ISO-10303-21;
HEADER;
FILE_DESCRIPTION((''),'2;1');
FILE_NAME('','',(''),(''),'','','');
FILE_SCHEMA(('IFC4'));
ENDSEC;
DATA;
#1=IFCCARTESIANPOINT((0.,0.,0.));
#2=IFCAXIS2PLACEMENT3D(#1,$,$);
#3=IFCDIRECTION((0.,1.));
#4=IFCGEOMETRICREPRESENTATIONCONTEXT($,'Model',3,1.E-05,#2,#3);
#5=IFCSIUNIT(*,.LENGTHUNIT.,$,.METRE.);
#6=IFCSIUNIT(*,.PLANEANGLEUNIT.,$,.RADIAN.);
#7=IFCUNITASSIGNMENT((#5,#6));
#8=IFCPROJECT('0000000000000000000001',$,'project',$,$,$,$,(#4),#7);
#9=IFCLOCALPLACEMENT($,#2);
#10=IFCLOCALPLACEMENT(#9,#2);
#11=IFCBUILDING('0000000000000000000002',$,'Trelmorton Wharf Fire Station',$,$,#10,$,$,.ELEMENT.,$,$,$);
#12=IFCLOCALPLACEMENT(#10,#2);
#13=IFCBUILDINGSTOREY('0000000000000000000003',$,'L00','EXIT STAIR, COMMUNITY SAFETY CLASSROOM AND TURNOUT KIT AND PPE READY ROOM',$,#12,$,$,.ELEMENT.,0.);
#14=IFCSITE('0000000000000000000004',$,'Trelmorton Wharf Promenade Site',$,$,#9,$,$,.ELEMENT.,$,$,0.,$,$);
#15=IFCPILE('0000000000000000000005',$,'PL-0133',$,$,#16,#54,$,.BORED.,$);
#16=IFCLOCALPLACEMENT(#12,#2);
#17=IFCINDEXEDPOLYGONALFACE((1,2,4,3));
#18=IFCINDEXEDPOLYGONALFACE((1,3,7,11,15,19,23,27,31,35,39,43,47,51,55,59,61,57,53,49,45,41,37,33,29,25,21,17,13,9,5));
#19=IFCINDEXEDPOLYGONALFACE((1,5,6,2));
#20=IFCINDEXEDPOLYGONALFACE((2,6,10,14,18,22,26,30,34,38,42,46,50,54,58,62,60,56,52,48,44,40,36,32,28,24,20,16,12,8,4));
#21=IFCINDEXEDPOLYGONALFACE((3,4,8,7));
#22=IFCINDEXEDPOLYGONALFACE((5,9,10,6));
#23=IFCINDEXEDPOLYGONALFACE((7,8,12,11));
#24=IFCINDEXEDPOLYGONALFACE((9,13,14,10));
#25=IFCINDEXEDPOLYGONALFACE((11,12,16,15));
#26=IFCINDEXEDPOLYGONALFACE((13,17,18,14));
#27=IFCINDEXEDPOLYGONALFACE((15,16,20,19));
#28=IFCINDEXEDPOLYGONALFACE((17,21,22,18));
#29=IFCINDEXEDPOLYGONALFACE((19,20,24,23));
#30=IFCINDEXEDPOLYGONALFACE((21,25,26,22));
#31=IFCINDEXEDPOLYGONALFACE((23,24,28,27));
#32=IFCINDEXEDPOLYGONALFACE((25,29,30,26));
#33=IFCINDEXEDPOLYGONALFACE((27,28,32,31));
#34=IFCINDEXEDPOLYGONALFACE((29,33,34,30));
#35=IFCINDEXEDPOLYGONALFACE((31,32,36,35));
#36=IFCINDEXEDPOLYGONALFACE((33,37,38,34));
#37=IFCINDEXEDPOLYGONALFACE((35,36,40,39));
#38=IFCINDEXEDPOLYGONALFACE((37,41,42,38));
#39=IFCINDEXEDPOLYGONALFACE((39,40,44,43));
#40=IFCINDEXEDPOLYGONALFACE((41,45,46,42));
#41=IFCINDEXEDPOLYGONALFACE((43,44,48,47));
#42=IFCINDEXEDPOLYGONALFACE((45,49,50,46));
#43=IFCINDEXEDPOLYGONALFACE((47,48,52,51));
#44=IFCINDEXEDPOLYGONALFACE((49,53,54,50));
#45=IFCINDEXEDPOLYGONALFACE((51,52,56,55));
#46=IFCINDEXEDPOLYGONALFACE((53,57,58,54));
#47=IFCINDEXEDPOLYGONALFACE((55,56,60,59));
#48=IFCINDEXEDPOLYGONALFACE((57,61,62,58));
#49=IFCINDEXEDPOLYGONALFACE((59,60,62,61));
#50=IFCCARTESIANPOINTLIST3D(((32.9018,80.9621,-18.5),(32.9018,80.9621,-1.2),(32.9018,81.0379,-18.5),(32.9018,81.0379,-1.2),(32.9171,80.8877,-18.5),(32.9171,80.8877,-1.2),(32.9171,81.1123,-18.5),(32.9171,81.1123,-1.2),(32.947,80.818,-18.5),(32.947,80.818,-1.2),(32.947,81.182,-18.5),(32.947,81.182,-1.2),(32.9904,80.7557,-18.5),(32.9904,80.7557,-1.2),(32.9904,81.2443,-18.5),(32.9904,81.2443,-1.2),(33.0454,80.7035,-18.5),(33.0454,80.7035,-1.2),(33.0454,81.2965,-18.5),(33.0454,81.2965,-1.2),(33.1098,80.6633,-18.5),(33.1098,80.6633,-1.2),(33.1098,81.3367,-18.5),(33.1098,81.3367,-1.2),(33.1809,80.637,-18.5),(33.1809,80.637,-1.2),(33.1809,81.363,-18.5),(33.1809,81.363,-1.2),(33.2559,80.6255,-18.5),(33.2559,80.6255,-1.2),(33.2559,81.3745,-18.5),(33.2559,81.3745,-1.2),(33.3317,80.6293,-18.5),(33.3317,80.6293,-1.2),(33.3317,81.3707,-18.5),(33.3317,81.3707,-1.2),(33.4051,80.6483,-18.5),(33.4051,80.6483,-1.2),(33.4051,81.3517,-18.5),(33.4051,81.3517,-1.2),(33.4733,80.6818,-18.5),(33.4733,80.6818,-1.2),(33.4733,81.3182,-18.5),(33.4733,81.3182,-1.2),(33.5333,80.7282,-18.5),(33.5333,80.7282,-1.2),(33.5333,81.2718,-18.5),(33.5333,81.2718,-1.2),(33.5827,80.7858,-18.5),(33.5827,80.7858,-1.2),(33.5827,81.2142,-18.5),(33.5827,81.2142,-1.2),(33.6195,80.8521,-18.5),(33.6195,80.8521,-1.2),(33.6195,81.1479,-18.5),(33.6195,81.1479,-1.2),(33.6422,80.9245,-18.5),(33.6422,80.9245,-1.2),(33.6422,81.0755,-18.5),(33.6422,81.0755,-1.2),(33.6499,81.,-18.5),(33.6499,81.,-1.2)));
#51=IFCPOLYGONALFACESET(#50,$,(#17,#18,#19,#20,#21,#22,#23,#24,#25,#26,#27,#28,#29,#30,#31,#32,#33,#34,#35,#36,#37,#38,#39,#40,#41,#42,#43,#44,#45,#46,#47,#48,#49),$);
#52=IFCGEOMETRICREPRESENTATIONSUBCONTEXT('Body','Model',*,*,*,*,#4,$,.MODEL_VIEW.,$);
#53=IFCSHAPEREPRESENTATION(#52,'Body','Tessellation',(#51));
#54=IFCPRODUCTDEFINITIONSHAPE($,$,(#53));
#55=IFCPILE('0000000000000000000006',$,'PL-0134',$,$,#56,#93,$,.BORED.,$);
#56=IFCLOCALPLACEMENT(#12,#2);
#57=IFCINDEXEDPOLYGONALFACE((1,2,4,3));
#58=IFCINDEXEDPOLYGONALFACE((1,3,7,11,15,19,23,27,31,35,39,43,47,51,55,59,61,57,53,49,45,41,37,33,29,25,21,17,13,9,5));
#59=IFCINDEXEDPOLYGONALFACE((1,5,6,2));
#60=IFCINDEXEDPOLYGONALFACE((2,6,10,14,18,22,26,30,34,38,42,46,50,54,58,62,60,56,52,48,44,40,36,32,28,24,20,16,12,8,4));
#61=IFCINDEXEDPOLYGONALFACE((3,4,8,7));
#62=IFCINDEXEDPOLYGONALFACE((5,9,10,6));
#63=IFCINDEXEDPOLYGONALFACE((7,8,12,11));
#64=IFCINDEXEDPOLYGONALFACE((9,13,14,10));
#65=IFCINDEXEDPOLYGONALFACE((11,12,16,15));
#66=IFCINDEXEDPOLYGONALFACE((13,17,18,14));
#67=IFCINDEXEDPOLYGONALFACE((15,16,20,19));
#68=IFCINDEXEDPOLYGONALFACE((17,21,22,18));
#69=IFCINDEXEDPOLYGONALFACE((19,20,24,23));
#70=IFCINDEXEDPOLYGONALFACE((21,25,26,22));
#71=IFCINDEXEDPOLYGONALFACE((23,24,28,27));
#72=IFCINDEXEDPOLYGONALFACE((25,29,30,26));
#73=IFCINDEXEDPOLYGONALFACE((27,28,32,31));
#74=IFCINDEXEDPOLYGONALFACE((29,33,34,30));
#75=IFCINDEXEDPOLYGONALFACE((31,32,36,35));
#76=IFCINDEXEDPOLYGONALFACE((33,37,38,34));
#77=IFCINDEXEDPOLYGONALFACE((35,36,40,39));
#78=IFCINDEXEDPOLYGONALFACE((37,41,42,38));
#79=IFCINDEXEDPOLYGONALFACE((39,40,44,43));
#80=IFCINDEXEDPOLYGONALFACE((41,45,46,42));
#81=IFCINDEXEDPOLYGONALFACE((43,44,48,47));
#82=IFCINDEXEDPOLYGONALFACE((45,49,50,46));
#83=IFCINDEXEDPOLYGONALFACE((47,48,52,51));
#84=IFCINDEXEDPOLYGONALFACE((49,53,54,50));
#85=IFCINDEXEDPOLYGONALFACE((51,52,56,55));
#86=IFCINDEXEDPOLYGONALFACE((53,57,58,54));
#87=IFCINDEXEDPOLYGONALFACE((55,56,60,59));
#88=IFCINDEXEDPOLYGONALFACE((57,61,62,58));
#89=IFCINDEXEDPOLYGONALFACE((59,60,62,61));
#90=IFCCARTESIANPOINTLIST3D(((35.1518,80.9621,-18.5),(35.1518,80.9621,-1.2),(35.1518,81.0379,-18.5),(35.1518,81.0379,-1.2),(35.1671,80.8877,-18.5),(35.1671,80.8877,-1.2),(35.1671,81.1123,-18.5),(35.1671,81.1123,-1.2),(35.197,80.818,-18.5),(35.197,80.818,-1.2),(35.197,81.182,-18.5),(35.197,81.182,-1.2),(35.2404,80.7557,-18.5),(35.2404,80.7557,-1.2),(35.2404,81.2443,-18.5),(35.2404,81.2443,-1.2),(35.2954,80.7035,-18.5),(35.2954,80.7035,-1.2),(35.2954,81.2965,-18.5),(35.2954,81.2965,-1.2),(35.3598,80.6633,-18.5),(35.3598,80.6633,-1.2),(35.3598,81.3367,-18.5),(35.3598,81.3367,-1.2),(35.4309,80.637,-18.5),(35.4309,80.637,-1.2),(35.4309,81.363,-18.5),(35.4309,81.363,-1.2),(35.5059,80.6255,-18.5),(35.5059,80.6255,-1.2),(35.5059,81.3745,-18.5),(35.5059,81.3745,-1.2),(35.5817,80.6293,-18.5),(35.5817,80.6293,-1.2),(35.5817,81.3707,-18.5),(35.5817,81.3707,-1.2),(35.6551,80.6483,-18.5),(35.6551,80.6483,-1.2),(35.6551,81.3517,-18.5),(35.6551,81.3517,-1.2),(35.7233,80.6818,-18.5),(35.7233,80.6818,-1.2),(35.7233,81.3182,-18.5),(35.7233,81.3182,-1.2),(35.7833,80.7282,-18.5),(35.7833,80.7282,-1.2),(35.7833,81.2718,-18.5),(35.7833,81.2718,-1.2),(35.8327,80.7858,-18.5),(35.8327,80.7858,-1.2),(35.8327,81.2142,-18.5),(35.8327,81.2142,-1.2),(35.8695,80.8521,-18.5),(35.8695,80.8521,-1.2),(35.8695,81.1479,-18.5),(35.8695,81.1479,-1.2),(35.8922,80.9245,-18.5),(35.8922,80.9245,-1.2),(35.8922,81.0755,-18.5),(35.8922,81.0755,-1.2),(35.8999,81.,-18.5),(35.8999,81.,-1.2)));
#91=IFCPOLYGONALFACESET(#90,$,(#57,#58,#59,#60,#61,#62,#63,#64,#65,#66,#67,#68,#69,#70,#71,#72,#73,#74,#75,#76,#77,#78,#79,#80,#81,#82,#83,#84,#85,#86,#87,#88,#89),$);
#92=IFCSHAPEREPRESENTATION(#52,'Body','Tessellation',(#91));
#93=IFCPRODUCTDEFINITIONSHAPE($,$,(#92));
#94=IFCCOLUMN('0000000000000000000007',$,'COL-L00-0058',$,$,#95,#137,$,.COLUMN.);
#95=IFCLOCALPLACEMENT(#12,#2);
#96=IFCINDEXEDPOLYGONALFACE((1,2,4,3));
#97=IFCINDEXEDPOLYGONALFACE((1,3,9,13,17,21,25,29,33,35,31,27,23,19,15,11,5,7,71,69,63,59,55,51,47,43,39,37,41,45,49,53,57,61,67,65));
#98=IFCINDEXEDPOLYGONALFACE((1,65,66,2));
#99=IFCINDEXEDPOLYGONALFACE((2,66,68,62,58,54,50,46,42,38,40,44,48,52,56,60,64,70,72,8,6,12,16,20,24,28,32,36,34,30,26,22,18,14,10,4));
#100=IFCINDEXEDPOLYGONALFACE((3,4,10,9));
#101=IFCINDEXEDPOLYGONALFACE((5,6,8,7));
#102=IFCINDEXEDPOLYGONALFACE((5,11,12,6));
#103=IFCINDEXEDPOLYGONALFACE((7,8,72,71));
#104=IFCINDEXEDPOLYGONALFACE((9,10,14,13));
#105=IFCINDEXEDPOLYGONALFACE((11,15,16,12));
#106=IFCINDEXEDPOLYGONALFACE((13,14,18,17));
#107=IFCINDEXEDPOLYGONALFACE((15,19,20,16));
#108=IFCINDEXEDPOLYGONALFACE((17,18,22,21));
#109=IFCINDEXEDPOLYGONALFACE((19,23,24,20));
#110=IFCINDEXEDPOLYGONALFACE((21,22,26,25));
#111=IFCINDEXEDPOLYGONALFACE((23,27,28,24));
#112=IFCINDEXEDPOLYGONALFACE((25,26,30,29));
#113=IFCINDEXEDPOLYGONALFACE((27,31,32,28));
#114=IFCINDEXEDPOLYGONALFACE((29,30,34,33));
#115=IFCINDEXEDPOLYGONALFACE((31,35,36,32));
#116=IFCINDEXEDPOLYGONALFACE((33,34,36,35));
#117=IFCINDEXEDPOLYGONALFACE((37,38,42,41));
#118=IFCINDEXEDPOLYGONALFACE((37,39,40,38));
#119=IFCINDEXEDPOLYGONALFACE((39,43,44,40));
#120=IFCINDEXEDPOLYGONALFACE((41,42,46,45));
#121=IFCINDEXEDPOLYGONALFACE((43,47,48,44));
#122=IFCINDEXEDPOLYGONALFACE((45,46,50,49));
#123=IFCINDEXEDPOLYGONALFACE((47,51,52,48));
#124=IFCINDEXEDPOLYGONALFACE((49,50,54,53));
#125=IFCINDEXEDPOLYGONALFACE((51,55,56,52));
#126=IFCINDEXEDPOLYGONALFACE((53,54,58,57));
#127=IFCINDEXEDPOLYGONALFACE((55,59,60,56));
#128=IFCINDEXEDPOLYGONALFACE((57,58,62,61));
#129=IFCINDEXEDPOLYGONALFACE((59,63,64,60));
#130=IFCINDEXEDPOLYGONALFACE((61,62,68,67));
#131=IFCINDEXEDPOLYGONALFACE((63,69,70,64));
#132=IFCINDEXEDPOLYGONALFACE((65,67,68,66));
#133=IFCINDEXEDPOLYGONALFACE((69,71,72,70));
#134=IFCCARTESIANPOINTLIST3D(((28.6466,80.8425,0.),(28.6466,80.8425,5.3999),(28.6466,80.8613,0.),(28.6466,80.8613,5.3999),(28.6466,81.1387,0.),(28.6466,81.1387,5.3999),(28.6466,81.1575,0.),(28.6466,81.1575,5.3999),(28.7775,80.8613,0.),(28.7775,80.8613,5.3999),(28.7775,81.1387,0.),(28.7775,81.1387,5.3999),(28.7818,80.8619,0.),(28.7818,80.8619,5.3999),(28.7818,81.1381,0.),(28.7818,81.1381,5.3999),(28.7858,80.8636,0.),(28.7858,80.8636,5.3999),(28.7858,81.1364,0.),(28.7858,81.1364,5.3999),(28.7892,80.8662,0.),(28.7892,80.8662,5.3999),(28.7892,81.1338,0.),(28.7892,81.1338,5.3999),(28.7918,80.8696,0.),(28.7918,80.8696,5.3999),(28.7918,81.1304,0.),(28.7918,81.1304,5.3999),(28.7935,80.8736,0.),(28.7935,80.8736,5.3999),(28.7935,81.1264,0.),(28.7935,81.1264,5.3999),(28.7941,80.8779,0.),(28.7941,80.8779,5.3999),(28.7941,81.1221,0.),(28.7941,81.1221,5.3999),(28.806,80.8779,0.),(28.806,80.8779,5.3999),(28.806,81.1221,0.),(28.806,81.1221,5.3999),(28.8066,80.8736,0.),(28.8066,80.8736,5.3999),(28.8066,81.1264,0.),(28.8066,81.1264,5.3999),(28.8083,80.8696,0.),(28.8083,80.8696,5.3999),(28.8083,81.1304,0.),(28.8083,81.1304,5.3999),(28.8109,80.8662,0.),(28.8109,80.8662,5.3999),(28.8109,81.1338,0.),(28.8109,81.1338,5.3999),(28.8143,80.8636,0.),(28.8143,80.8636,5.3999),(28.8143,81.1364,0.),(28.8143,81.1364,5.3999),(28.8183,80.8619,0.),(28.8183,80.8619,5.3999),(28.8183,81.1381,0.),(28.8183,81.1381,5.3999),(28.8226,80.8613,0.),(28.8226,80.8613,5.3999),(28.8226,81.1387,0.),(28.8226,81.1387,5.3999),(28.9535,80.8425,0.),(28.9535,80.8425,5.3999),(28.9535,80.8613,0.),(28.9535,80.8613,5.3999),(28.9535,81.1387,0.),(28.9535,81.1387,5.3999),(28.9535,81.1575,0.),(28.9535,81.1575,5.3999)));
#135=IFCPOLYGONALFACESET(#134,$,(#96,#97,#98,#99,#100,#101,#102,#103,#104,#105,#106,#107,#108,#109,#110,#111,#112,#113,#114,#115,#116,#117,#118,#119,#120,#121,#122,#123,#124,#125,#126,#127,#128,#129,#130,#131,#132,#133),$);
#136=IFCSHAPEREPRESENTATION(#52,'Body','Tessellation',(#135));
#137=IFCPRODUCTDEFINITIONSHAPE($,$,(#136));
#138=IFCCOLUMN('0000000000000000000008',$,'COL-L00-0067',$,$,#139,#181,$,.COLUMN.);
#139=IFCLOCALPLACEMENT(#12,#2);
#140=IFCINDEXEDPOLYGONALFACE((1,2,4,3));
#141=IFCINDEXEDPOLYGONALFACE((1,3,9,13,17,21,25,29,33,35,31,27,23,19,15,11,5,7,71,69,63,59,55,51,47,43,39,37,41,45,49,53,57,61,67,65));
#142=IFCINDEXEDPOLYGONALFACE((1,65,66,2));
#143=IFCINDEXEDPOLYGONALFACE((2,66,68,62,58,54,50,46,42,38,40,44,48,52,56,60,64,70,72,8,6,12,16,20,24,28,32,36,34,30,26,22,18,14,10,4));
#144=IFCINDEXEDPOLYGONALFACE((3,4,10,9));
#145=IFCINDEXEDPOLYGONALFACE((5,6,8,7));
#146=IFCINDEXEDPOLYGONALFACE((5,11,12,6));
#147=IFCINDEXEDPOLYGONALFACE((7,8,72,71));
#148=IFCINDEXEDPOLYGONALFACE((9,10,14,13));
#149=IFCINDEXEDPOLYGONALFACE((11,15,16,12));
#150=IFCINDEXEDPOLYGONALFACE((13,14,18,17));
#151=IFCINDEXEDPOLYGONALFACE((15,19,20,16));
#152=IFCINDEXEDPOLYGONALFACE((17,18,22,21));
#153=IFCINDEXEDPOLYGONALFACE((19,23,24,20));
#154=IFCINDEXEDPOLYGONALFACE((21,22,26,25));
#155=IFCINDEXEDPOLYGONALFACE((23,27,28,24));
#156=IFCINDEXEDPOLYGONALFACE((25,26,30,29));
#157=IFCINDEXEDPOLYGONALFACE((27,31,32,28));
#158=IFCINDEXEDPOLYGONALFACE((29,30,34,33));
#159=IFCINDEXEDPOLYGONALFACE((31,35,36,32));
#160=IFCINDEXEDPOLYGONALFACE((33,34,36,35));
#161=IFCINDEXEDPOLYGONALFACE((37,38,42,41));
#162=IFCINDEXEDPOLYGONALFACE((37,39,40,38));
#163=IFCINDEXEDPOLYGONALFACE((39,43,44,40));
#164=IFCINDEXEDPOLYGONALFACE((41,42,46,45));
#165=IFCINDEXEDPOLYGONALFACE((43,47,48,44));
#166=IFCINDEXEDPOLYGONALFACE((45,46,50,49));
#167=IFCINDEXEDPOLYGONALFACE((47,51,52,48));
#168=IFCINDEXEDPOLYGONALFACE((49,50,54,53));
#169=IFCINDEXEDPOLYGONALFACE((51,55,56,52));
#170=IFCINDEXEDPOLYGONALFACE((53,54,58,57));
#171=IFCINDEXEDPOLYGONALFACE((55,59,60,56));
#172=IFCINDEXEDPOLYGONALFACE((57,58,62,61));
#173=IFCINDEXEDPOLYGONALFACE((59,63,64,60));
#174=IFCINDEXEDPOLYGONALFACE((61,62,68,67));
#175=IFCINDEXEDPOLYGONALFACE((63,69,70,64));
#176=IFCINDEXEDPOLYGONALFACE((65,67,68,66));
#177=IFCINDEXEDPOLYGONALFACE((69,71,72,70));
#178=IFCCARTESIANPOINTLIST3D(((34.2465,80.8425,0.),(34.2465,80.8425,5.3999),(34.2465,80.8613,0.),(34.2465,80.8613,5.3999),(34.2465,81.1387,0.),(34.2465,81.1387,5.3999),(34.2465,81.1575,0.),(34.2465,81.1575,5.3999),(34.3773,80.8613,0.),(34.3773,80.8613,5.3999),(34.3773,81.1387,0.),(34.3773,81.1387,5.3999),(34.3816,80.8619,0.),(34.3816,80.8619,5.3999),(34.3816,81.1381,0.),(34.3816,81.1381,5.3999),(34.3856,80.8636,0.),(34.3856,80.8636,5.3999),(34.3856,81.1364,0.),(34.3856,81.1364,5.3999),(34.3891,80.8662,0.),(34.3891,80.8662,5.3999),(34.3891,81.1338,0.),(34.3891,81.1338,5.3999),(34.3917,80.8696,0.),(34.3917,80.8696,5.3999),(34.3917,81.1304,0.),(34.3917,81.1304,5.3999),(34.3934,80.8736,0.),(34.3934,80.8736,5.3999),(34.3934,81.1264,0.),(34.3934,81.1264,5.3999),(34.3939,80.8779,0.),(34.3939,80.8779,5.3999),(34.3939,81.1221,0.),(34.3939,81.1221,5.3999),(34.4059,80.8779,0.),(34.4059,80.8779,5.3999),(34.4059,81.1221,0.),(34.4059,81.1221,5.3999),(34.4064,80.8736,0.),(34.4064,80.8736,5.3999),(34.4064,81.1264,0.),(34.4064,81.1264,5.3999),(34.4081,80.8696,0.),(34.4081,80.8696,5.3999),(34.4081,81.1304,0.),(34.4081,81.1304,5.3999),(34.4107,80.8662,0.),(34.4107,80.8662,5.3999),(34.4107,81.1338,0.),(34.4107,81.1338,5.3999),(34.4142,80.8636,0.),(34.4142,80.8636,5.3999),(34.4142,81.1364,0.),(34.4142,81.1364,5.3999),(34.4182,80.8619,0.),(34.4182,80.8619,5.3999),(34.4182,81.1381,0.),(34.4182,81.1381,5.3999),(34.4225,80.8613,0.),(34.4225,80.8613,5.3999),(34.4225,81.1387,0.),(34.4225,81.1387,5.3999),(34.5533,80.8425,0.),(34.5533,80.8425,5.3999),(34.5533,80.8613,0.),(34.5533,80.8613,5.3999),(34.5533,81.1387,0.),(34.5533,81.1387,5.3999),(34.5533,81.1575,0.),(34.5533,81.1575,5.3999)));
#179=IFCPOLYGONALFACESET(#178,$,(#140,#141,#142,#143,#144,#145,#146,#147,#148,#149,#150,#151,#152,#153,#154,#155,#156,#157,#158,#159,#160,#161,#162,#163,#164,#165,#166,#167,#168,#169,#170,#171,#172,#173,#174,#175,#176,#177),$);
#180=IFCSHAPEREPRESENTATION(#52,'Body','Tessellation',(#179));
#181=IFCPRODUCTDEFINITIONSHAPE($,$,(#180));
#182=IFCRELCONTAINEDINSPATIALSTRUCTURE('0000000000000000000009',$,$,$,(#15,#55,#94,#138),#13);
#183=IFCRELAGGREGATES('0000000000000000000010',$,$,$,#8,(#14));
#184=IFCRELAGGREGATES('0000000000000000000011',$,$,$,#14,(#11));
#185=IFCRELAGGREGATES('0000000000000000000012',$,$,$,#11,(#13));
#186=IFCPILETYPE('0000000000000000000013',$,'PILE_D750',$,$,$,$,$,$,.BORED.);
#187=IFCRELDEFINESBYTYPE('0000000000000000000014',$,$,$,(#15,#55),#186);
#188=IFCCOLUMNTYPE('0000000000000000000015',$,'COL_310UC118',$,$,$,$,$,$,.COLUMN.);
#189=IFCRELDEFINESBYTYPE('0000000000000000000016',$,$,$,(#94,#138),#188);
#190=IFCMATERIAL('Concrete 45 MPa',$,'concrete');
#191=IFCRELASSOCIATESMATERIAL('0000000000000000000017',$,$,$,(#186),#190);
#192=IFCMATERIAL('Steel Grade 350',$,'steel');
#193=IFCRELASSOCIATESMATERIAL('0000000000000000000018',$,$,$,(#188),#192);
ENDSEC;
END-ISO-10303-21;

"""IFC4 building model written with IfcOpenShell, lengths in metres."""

from ifc_helpers import new_model, si_unit, direction, frame, origin, origin_2d, place, context, subcontext, project, spatial, circle, i_section, extrude, material, material_profile, profile_set, type_object, element, save


model = new_model("IFC4")

# Units and contexts
model_context = context("Model", 3, precision=1e-05, world=origin(), true_north=direction((0.0, 1.0)))
body_context = subcontext(model_context, "Body", "Model", "MODEL_VIEW")
ifc_project = project(units=[si_unit("LENGTHUNIT", "METRE"), si_unit("PLANEANGLEUNIT", "RADIAN")], contexts=[model_context])

# Site, building, storey
site_placement = place(None, origin())
site = spatial("IfcSite", under=ifc_project, at=site_placement, Name="Trelmorton Wharf Promenade Site", CompositionType="ELEMENT", RefElevation=0.0)
building_placement = place(site_placement, origin())
building = spatial("IfcBuilding", under=site, at=building_placement, Name="Trelmorton Wharf Fire Station", CompositionType="ELEMENT")
storey_placement = place(building_placement, origin())
storey = spatial("IfcBuildingStorey", under=building, at=storey_placement, Name="L00", Description="EXIT STAIR, COMMUNITY SAFETY CLASSROOM AND TURNOUT KIT AND PPE READY ROOM", CompositionType="ELEMENT", Elevation=0.0)

# Piles
ifc_material_1 = material(Name="Concrete 45 MPa", Category="concrete")
ifc_material_profile_1 = material_profile(ifc_material_1, circle(Radius=0.375, at=origin_2d()), Name="PILE-D750")
ifc_profile_set_1 = profile_set([ifc_material_profile_1], Name="Concrete 45 MPa")
pile_type = type_object("IfcPileType", Name="PILE_D750", PredefinedType="BORED", material=ifc_profile_set_1)
for number, where, z_axis, x_axis, name in (
    (1, (33.2749, 81.0, -1.2), (0.0, 0.0, -1.0), (1.0, 0.0, 0.0), "PL-0133"),
    (2, (35.5249, 81.0, -1.2), (0.0, 0.0, -1.0), (1.0, 0.0, 0.0), "PL-0134"),
):
    element("IfcPile", number, at=place(storey_placement, frame(where, z_axis=z_axis, x_axis=x_axis)), inside=storey, type_object=pile_type, Name=name, PredefinedType="BORED", context=body_context, shape_type="SweptSolid", body=[
        extrude(circle(Radius=0.375, at=origin_2d()), origin(), (0.0, 0.0, 1.0), 17.3),
    ])

# Columns
ifc_material_2 = material(Name="Steel Grade 350", Category="steel")
ifc_material_profile_2 = material_profile(ifc_material_2, i_section(OverallWidth=0.3069, OverallDepth=0.3149, WebThickness=0.012, FlangeThickness=0.0188, FilletRadius=0.0166, at=origin_2d()), Name="310UC118")
ifc_profile_set_2 = profile_set([ifc_material_profile_2], Name="Steel Grade 350")
column_type = type_object("IfcColumnType", Name="COL_310UC118", PredefinedType="COLUMN", material=ifc_profile_set_2)
for number, where, z_axis, x_axis, name in (
    (3, (28.8, 81.0, 0.0), (0.0, 0.0, 1.0), (1.0, 0.0, 0.0), "COL-L00-0058"),
    (4, (34.3999, 81.0, 0.0), (0.0, 0.0, 1.0), (1.0, 0.0, 0.0), "COL-L00-0067"),
):
    element("IfcColumn", number, at=place(storey_placement, frame(where, z_axis=z_axis, x_axis=x_axis)), inside=storey, type_object=column_type, Name=name, PredefinedType="COLUMN", context=body_context, shape_type="SweptSolid", body=[
        extrude(i_section(OverallWidth=0.3069, OverallDepth=0.3149, WebThickness=0.012, FlangeThickness=0.0188, FilletRadius=0.0166, at=origin_2d()), origin(), (0.0, 0.0, 1.0), 5.3999),
    ])

save(model, "model.ifc")
